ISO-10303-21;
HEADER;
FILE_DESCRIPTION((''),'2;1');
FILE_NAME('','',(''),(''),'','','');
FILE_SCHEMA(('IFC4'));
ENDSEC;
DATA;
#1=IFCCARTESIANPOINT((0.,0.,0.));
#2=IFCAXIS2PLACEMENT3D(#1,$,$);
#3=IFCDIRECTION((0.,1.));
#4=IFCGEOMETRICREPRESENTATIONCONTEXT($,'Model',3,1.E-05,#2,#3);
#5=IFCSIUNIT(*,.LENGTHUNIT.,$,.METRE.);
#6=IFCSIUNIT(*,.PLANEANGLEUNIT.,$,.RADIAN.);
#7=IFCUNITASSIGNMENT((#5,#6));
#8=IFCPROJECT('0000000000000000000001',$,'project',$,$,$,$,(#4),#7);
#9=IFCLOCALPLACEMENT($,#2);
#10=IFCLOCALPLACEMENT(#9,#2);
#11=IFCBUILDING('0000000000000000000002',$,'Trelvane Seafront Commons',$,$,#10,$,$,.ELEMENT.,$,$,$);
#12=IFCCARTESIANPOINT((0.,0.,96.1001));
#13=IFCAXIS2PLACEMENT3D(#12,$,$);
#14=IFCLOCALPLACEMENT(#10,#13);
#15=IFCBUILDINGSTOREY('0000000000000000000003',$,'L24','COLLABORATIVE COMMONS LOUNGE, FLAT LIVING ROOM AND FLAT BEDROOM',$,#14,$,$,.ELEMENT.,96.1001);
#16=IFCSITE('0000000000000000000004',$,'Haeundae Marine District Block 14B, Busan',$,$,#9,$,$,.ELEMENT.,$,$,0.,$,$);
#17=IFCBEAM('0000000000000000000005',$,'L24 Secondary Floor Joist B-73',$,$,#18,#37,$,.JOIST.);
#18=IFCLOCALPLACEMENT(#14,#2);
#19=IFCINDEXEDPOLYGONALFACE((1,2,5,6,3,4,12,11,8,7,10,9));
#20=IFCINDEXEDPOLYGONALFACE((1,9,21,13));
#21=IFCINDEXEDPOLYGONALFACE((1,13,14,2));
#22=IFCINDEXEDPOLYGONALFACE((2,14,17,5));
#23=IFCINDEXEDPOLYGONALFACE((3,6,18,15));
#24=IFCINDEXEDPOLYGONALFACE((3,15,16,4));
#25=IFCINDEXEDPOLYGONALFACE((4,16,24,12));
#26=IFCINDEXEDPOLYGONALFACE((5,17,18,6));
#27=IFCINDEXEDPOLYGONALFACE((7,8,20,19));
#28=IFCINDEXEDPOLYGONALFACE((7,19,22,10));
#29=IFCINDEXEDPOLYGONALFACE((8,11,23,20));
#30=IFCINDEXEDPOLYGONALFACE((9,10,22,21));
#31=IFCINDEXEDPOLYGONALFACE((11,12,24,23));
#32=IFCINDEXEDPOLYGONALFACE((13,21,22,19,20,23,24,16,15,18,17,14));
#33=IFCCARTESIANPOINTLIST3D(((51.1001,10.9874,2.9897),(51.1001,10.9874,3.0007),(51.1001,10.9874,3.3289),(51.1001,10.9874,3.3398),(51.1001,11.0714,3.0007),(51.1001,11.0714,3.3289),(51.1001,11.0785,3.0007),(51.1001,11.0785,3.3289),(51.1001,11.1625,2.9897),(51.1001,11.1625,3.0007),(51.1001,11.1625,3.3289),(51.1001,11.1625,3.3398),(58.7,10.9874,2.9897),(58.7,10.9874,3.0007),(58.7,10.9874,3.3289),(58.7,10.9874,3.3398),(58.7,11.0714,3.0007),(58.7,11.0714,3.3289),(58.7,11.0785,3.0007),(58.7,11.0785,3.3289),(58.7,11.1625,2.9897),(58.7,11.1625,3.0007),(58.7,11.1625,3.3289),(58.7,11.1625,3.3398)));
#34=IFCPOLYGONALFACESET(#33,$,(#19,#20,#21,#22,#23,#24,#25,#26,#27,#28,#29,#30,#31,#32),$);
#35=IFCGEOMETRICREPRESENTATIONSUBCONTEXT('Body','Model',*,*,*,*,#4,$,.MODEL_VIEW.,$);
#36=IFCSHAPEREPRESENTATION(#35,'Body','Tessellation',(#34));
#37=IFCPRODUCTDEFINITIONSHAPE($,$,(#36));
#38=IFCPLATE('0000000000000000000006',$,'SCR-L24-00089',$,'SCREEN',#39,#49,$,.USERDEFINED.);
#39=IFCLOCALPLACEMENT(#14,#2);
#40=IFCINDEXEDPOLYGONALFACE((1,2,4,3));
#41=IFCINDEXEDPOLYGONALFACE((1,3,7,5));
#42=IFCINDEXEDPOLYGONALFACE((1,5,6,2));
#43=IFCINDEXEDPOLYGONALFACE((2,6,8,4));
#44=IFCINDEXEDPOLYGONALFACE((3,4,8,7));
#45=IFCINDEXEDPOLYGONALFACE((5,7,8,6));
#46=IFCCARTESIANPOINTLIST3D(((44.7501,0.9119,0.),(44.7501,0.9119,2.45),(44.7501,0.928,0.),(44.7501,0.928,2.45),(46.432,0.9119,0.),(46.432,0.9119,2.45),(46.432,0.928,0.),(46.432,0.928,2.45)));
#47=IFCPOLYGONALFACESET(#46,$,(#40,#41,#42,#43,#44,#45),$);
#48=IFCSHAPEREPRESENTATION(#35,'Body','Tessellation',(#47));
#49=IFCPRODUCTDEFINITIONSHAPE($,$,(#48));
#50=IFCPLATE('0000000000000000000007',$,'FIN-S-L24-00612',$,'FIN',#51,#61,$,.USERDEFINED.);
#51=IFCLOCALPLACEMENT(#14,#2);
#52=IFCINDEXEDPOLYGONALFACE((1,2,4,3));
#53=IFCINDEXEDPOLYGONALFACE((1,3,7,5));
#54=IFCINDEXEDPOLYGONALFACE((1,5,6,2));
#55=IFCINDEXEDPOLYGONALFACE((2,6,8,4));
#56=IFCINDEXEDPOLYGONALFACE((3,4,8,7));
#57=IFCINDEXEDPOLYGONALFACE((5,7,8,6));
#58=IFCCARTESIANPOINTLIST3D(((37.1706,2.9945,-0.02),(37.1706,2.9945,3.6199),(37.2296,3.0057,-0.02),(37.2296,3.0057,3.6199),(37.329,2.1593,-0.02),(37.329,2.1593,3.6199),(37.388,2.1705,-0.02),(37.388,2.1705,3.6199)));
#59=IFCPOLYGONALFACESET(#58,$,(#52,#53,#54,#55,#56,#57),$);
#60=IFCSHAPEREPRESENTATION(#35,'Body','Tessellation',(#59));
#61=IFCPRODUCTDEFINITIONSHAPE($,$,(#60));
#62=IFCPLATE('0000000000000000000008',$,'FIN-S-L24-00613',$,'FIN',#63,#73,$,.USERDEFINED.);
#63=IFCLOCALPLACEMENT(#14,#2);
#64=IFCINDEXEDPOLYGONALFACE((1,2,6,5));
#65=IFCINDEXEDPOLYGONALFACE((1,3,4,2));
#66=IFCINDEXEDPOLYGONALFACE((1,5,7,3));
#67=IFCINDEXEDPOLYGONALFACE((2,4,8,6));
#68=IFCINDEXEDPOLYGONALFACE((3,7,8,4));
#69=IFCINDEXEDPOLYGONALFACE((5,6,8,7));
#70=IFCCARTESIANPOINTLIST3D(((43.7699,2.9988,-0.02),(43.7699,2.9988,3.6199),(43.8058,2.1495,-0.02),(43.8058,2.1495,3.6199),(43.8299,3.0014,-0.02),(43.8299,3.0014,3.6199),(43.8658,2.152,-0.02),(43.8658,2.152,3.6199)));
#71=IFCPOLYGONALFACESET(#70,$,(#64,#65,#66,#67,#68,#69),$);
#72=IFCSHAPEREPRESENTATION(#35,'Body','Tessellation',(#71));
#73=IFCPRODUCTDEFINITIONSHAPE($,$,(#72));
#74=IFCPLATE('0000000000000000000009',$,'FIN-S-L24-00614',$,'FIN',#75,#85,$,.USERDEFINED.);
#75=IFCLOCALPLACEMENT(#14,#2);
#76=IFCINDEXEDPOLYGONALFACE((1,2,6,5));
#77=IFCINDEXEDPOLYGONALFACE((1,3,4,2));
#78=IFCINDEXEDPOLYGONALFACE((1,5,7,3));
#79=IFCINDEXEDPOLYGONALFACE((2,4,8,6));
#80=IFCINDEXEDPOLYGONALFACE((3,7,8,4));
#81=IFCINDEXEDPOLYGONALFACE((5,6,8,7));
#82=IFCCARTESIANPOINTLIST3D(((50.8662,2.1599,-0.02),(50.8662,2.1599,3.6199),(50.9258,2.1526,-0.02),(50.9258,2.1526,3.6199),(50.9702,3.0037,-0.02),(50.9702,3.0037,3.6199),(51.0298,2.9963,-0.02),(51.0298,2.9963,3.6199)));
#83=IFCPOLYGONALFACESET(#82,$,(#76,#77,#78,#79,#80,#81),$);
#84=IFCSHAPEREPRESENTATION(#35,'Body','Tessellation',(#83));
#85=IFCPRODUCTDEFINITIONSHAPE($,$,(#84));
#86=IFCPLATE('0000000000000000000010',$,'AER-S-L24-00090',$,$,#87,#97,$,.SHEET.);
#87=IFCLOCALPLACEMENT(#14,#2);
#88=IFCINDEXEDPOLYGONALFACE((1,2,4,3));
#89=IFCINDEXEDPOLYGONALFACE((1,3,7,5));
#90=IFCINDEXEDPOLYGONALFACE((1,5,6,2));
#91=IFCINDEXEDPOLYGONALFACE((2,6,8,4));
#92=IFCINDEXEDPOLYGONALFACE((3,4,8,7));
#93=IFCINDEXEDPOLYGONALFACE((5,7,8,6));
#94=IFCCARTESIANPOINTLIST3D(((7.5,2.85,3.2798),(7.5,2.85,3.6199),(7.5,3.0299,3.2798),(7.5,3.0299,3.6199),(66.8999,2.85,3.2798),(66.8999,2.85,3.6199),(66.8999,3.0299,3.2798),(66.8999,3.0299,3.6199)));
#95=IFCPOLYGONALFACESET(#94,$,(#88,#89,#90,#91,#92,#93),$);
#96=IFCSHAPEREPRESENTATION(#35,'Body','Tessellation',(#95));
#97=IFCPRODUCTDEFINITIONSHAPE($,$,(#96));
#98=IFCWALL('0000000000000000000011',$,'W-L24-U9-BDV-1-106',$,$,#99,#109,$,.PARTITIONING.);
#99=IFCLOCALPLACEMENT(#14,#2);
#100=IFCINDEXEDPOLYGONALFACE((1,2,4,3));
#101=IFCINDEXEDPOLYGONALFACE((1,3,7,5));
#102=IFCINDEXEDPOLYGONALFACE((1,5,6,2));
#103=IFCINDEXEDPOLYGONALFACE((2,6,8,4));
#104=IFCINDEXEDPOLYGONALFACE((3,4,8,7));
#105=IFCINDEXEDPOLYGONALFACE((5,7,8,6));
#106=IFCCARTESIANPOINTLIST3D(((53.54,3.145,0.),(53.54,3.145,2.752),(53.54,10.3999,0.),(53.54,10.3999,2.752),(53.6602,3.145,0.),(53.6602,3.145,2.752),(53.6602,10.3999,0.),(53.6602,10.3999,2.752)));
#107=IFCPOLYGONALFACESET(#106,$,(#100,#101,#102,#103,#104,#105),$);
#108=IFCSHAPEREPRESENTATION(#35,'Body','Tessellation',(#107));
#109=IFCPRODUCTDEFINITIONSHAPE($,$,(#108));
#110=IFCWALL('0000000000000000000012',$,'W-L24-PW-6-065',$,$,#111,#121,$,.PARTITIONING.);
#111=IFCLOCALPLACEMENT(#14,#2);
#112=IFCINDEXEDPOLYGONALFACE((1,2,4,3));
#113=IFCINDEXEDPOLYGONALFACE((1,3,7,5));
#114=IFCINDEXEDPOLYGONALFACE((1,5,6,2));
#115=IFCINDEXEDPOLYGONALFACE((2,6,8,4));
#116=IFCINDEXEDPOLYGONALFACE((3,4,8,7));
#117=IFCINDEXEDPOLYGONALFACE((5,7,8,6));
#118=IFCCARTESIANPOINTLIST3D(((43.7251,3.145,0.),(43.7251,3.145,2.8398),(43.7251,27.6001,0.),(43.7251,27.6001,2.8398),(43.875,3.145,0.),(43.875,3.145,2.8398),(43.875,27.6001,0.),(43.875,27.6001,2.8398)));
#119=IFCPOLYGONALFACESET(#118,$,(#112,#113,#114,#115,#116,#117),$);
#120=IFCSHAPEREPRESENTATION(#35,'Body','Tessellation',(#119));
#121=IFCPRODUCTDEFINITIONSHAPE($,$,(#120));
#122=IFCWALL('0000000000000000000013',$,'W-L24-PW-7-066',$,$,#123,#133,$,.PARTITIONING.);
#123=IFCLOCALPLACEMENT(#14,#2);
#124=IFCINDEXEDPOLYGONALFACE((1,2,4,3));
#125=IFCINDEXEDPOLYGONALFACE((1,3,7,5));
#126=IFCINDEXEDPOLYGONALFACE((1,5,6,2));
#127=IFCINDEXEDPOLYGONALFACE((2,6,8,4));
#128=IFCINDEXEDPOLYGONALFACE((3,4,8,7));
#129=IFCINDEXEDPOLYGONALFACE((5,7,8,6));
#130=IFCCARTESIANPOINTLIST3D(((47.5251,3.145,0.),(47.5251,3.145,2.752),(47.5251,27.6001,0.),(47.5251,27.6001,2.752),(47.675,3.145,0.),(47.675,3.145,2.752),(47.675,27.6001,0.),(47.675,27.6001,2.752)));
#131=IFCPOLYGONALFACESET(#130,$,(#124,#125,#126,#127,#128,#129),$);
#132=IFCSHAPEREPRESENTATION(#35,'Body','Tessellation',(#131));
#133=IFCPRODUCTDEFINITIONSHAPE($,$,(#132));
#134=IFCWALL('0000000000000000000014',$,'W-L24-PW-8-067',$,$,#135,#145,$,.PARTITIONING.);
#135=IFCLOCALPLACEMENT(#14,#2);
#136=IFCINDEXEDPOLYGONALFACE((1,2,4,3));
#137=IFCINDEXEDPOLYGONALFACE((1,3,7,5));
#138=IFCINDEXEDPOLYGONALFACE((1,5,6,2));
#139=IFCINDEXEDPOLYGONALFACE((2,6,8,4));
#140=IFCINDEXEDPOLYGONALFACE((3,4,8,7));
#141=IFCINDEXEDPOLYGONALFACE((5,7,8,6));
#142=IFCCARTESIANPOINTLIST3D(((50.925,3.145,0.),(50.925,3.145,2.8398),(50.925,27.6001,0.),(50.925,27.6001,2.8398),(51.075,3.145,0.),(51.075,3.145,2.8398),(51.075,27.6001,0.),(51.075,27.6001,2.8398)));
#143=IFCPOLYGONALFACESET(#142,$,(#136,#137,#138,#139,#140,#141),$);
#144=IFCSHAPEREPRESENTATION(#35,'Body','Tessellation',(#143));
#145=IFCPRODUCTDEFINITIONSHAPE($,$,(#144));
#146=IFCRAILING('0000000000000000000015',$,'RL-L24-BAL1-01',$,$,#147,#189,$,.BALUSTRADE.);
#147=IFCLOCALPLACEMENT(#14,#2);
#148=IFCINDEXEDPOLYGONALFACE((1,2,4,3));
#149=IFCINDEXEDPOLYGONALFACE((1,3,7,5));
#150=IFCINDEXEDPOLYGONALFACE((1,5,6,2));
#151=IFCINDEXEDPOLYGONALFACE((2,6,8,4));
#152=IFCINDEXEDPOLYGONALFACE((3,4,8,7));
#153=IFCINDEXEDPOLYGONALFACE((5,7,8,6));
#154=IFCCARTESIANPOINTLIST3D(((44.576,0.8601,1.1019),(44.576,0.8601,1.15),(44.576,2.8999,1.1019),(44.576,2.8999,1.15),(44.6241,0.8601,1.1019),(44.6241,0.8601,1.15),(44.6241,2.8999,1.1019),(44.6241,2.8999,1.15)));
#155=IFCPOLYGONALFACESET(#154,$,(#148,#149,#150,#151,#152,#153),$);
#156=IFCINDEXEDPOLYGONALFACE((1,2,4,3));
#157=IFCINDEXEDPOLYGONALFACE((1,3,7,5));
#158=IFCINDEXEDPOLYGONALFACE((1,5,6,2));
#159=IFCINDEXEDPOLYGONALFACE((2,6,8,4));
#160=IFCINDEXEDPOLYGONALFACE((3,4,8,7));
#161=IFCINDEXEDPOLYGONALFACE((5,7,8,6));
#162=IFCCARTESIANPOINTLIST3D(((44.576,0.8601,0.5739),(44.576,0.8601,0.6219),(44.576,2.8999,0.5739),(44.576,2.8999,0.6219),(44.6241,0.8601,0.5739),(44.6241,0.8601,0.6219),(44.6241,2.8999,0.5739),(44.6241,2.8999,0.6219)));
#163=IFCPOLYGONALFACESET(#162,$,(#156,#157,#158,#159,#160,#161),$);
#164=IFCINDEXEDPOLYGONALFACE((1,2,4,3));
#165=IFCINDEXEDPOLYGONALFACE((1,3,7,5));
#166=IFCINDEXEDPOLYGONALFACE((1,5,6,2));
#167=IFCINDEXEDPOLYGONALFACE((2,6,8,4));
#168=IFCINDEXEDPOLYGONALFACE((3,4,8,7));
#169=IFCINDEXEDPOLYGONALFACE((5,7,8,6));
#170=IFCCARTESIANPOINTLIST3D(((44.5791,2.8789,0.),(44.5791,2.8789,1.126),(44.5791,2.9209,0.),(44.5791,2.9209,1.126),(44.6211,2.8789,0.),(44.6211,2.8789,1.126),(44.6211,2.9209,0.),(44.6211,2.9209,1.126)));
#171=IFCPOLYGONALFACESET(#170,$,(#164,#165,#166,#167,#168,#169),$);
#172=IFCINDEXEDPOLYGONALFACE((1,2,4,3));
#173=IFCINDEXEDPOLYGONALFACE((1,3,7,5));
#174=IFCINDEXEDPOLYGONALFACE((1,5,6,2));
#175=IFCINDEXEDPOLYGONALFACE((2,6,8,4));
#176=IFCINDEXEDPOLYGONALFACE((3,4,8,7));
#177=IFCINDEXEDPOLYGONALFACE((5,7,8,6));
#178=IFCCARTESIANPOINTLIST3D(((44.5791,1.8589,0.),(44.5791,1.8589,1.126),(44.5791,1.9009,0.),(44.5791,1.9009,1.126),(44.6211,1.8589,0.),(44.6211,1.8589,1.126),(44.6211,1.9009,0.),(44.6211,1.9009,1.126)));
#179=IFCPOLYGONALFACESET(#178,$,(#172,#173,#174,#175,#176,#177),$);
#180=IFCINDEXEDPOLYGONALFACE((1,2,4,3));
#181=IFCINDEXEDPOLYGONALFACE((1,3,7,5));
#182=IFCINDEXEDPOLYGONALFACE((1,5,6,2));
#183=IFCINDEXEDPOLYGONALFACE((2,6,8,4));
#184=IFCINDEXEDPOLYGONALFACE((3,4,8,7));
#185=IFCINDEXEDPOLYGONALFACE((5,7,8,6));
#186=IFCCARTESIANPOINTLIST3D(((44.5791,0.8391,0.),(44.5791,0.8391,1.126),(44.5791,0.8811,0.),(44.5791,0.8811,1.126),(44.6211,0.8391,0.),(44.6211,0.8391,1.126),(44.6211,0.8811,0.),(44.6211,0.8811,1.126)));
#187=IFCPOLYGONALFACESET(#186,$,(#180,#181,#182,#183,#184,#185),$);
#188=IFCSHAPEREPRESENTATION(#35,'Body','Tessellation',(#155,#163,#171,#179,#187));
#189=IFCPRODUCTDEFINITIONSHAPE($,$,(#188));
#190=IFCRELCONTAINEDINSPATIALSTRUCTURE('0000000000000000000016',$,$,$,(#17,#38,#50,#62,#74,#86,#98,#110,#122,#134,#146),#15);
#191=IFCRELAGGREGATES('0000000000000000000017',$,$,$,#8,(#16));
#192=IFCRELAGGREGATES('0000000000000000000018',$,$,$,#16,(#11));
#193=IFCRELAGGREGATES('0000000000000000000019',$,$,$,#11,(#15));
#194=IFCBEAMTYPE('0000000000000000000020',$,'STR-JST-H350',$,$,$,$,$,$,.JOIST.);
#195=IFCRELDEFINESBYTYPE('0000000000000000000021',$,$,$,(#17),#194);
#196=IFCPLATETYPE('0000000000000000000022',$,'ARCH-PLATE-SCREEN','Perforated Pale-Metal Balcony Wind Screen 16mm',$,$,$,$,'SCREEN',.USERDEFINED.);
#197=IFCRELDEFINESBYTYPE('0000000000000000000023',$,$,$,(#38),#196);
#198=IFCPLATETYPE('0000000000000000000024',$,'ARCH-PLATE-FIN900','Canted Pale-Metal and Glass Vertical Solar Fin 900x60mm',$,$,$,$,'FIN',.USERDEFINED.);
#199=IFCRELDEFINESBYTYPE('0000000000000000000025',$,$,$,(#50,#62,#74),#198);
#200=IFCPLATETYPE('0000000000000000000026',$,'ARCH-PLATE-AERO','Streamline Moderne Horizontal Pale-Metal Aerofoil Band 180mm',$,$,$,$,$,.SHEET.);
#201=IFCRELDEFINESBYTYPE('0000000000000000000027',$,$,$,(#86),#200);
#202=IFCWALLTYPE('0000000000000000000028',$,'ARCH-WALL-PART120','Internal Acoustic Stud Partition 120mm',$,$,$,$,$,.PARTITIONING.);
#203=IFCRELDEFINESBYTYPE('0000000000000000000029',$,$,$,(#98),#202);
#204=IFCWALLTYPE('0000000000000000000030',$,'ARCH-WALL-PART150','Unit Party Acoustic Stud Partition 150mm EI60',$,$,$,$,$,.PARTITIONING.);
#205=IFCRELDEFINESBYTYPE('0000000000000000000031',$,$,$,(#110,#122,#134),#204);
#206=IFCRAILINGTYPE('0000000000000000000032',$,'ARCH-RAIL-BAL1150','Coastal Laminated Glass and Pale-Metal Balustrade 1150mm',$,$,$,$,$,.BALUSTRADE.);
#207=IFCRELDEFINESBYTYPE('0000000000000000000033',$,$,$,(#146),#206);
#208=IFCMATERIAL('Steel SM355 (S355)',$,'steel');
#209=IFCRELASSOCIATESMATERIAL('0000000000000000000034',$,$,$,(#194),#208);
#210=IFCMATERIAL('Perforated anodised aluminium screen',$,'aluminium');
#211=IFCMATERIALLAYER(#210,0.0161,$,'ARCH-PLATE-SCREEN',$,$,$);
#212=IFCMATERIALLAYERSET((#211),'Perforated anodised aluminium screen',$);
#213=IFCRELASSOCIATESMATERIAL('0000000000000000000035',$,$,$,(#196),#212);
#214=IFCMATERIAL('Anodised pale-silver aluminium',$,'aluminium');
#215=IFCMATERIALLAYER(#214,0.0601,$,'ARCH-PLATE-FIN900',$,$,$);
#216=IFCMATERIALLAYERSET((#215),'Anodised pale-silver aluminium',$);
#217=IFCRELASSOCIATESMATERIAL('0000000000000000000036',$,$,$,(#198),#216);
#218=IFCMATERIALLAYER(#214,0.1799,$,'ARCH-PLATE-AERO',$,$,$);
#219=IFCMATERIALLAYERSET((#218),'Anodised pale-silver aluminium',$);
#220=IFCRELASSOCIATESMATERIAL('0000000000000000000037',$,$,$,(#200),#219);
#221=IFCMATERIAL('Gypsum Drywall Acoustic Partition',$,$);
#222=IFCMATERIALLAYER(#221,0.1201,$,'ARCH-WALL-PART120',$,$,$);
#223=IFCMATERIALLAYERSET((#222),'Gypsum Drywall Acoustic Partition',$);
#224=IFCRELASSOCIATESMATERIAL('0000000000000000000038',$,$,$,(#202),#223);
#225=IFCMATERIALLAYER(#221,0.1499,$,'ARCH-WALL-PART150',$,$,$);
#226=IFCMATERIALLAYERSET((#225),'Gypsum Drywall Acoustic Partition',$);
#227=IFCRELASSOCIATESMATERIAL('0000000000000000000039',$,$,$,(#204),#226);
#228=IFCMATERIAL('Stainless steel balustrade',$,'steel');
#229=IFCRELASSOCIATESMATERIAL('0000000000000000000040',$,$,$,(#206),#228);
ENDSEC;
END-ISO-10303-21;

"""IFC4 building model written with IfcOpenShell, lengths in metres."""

from ifc_helpers import new_model, si_unit, direction, frame, frame_2d, origin, origin_2d, place, context, subcontext, project, spatial, rectangle, i_section, extrude, source, transform, mapped, material, layer, layer_set, material_profile, profile_set, type_object, element, save


model = new_model("IFC4")

# Units and contexts
model_context = context("Model", 3, precision=1e-05, world=origin(), true_north=direction((0.0, 1.0)))
body_context = subcontext(model_context, "Body", "Model", "MODEL_VIEW")
ifc_project = project(units=[si_unit("LENGTHUNIT", "METRE"), si_unit("PLANEANGLEUNIT", "RADIAN")], contexts=[model_context])

# Site, building, storey
site_placement = place(None, origin())
site = spatial("IfcSite", under=ifc_project, at=site_placement, Name="Haeundae Marine District Block 14B, Busan", CompositionType="ELEMENT", RefElevation=0.0)
building_placement = place(site_placement, origin())
building = spatial("IfcBuilding", under=site, at=building_placement, Name="Trelvane Seafront Commons", CompositionType="ELEMENT")
storey_placement = place(building_placement, frame((0.0, 0.0, 96.1001)))
storey = spatial("IfcBuildingStorey", under=building, at=storey_placement, Name="L24", Description="COLLABORATIVE COMMONS LOUNGE, FLAT LIVING ROOM AND FLAT BEDROOM", CompositionType="ELEMENT", Elevation=96.1001)

# Shared definitions
ifc_material_1 = material(Name="Steel SM355 (S355)", Category="steel")

# Beam
ifc_material_profile_1 = material_profile(ifc_material_1, i_section(OverallWidth=0.175, OverallDepth=0.3501, WebThickness=0.0071, FlangeThickness=0.011, at=origin_2d()), Name="H-350x175x7x11")
ifc_profile_set_1 = profile_set([ifc_material_profile_1], Name="Steel SM355 (S355)")
beam_type_1 = type_object("IfcBeamType", Name="STR-JST-H350", PredefinedType="JOIST", material=ifc_profile_set_1)
shared_shape_1 = source(origin(), body_context, "Body", "SweptSolid", [
    extrude(i_section(OverallWidth=0.175, OverallDepth=0.3501, WebThickness=0.0071, FlangeThickness=0.011, at=origin_2d()), origin(), (0.0, 0.0, 1.0), 7.5999),
])
beam_1_placement = place(storey_placement, frame((51.1001, 11.075, 3.1648), z_axis=(1.0, 0.0, 0.0), x_axis=(0.0, 1.0, 0.0)))
element("IfcBeam", 1, at=beam_1_placement, inside=storey, type_object=beam_type_1, Name="L24 Secondary Floor Joist B-73", PredefinedType="JOIST", context=body_context, shape_type="MappedRepresentation", body=[
    mapped(shared_shape_1, transform((0.0, 0.0, 0.0), x_axis=(1.0, 0.0, 0.0), y_axis=(0.0, 1.0, 0.0), z_axis=(0.0, 0.0, 1.0), scale=1.0)),
])

# Plates
ifc_material_2 = material(Name="Perforated anodised aluminium screen", Category="aluminium")
ifc_layer_1 = layer(ifc_material_2, 0.0161, Name="ARCH-PLATE-SCREEN")
ifc_layer_set_1 = layer_set([ifc_layer_1], Name="Perforated anodised aluminium screen")
plate_type_1 = type_object("IfcPlateType", Name="ARCH-PLATE-SCREEN", Description="Perforated Pale-Metal Balcony Wind Screen 16mm", ElementType="SCREEN", PredefinedType="USERDEFINED", material=ifc_layer_set_1)
shared_shape_2 = source(origin(), body_context, "Body", "SweptSolid", [
    extrude(rectangle(XDim=1.6819, YDim=0.0161, at=origin_2d()), origin(), (0.0, 0.0, 1.0), 2.45),
])
plate_1_placement = place(storey_placement, frame((45.5911, 0.9199, 0.0), z_axis=(0.0, 0.0, 1.0), x_axis=(1.0, 0.0, 0.0)))
element("IfcPlate", 2, at=plate_1_placement, inside=storey, type_object=plate_type_1, Name="SCR-L24-00089", ObjectType="SCREEN", PredefinedType="USERDEFINED", context=body_context, shape_type="MappedRepresentation", body=[
    mapped(shared_shape_2, transform((0.0, 0.0, 0.0), x_axis=(1.0, 0.0, 0.0), y_axis=(0.0, 1.0, 0.0), z_axis=(0.0, 0.0, 1.0), scale=1.0)),
])
ifc_material_3 = material(Name="Anodised pale-silver aluminium", Category="aluminium")
ifc_layer_2 = layer(ifc_material_3, 0.0601, Name="ARCH-PLATE-FIN900")
ifc_layer_set_2 = layer_set([ifc_layer_2], Name="Anodised pale-silver aluminium")
plate_type_2 = type_object("IfcPlateType", Name="ARCH-PLATE-FIN900", Description="Canted Pale-Metal and Glass Vertical Solar Fin 900x60mm", ElementType="FIN", PredefinedType="USERDEFINED", material=ifc_layer_set_2)
shared_shape_3 = source(origin(), body_context, "Body", "SweptSolid", [
    extrude(rectangle(XDim=0.8501, YDim=0.0601, at=origin_2d()), origin(), (0.0, 0.0, 1.0), 3.6399),
])
for number, where, z_axis, x_axis, name in (
    (3, (37.2793, 2.5825, -0.02), (0.0, 0.0, 1.0), (0.186241, -0.982504, 0.0), "FIN-S-L24-00612"),
    (4, (43.8179, 2.5754, -0.02), (0.0, 0.0, 1.0), (0.042237, -0.999108, 0.0), "FIN-S-L24-00613"),
    (5, (50.948, 2.5781, -0.02), (0.0, 0.0, 1.0), (-0.122354, -0.992486, 0.0), "FIN-S-L24-00614"),
):
    element("IfcPlate", number, at=place(storey_placement, frame(where, z_axis=z_axis, x_axis=x_axis)), inside=storey, type_object=plate_type_2, Name=name, ObjectType="FIN", PredefinedType="USERDEFINED", context=body_context, shape_type="MappedRepresentation", body=[
        mapped(shared_shape_3, transform((0.0, 0.0, 0.0), x_axis=(1.0, 0.0, 0.0), y_axis=(0.0, 1.0, 0.0), z_axis=(0.0, 0.0, 1.0), scale=1.0)),
    ])
ifc_layer_3 = layer(ifc_material_3, 0.1799, Name="ARCH-PLATE-AERO")
ifc_layer_set_3 = layer_set([ifc_layer_3], Name="Anodised pale-silver aluminium")
plate_type_3 = type_object("IfcPlateType", Name="ARCH-PLATE-AERO", Description="Streamline Moderne Horizontal Pale-Metal Aerofoil Band 180mm", PredefinedType="SHEET", material=ifc_layer_set_3)
shared_shape_4 = source(origin(), body_context, "Body", "SweptSolid", [
    extrude(rectangle(XDim=59.3999, YDim=0.1799, at=origin_2d()), origin(), (0.0, 0.0, 1.0), 0.3401),
])
plate_2_placement = place(storey_placement, frame((37.2, 2.9399, 3.2798), z_axis=(0.0, 0.0, 1.0), x_axis=(-1.0, 0.0, 0.0)))
element("IfcPlate", 6, at=plate_2_placement, inside=storey, type_object=plate_type_3, Name="AER-S-L24-00090", PredefinedType="SHEET", context=body_context, shape_type="MappedRepresentation", body=[
    mapped(shared_shape_4, transform((0.0, 0.0, 0.0), x_axis=(1.0, 0.0, 0.0), y_axis=(0.0, 1.0, 0.0), z_axis=(0.0, 0.0, 1.0), scale=1.0)),
])

# Shared definitions
ifc_material_4 = material(Name="Gypsum Drywall Acoustic Partition")
ifc_layer_4 = layer(ifc_material_4, 0.1201, Name="ARCH-WALL-PART120")
ifc_layer_set_4 = layer_set([ifc_layer_4], Name="Gypsum Drywall Acoustic Partition")
wall_type_1 = type_object("IfcWallType", Name="ARCH-WALL-PART120", Description="Internal Acoustic Stud Partition 120mm", PredefinedType="PARTITIONING", material=ifc_layer_set_4)

# Walls
wall_1_placement = place(storey_placement, frame((53.6001, 3.145, 0.0), z_axis=(0.0, 0.0, 1.0), x_axis=(0.0, 1.0, 0.0)))
element("IfcWall", 7, at=wall_1_placement, inside=storey, type_object=wall_type_1, Name="W-L24-U9-BDV-1-106", PredefinedType="PARTITIONING", context=body_context, shape_type="SweptSolid", body=[
    extrude(rectangle(XDim=7.2549, YDim=0.1201, at=frame_2d((3.6274, 0.0))), origin(), (0.0, 0.0, 1.0), 2.752),
])
ifc_layer_5 = layer(ifc_material_4, 0.1499, Name="ARCH-WALL-PART150")
ifc_layer_set_5 = layer_set([ifc_layer_5], Name="Gypsum Drywall Acoustic Partition")
wall_type_2 = type_object("IfcWallType", Name="ARCH-WALL-PART150", Description="Unit Party Acoustic Stud Partition 150mm EI60", PredefinedType="PARTITIONING", material=ifc_layer_set_5)
wall_2_placement = place(storey_placement, frame((43.8, 3.145, 0.0), z_axis=(0.0, 0.0, 1.0), x_axis=(0.0, 1.0, 0.0)))
element("IfcWall", 8, at=wall_2_placement, inside=storey, type_object=wall_type_2, Name="W-L24-PW-6-065", PredefinedType="PARTITIONING", context=body_context, shape_type="SweptSolid", body=[
    extrude(rectangle(XDim=24.4551, YDim=0.1499, at=frame_2d((12.2275, 0.0))), origin(), (0.0, 0.0, 1.0), 2.8398),
])
wall_3_placement = place(storey_placement, frame((47.6001, 3.145, 0.0), z_axis=(0.0, 0.0, 1.0), x_axis=(0.0, 1.0, 0.0)))
element("IfcWall", 9, at=wall_3_placement, inside=storey, type_object=wall_type_2, Name="W-L24-PW-7-066", PredefinedType="PARTITIONING", context=body_context, shape_type="SweptSolid", body=[
    extrude(rectangle(XDim=24.4551, YDim=0.1499, at=frame_2d((12.2275, 0.0))), origin(), (0.0, 0.0, 1.0), 2.752),
])
wall_4_placement = place(storey_placement, frame((51.0, 3.145, 0.0), z_axis=(0.0, 0.0, 1.0), x_axis=(0.0, 1.0, 0.0)))
element("IfcWall", 10, at=wall_4_placement, inside=storey, type_object=wall_type_2, Name="W-L24-PW-8-067", PredefinedType="PARTITIONING", context=body_context, shape_type="SweptSolid", body=[
    extrude(rectangle(XDim=24.4551, YDim=0.1499, at=frame_2d((12.2275, 0.0))), origin(), (0.0, 0.0, 1.0), 2.8398),
])

# Railing
ifc_material_5 = material(Name="Stainless steel balustrade", Category="steel")
railing_type = type_object("IfcRailingType", Name="ARCH-RAIL-BAL1150", Description="Coastal Laminated Glass and Pale-Metal Balustrade 1150mm", PredefinedType="BALUSTRADE", material=ifc_material_5)
railing_1_placement = place(storey_placement, frame((44.6001, 2.8999, 0.0)))
element("IfcRailing", 11, at=railing_1_placement, inside=storey, type_object=railing_type, Name="RL-L24-BAL1-01", PredefinedType="BALUSTRADE", context=body_context, shape_type="SweptSolid", body=[
    extrude(rectangle(XDim=0.0481, YDim=0.0481, at=origin_2d()), frame((0.0, 0.0, 1.126), z_axis=(0.0, -1.0, 0.0), x_axis=(1.0, 0.0, 0.0)), (0.0, 0.0, 1.0), 2.0398),
    extrude(rectangle(XDim=0.0481, YDim=0.0481, at=origin_2d()), frame((0.0, 0.0, 0.5979), z_axis=(0.0, -1.0, 0.0), x_axis=(1.0, 0.0, 0.0)), (0.0, 0.0, 1.0), 2.0398),
    extrude(rectangle(XDim=0.042, YDim=0.042, at=origin_2d()), origin(), (0.0, 0.0, 1.0), 1.126),
    extrude(rectangle(XDim=0.042, YDim=0.042, at=origin_2d()), frame((0.0, -1.02, 0.0)), (0.0, 0.0, 1.0), 1.126),
    extrude(rectangle(XDim=0.042, YDim=0.042, at=origin_2d()), frame((0.0, -2.0398, 0.0)), (0.0, 0.0, 1.0), 1.126),
])

save(model, "model.ifc")
